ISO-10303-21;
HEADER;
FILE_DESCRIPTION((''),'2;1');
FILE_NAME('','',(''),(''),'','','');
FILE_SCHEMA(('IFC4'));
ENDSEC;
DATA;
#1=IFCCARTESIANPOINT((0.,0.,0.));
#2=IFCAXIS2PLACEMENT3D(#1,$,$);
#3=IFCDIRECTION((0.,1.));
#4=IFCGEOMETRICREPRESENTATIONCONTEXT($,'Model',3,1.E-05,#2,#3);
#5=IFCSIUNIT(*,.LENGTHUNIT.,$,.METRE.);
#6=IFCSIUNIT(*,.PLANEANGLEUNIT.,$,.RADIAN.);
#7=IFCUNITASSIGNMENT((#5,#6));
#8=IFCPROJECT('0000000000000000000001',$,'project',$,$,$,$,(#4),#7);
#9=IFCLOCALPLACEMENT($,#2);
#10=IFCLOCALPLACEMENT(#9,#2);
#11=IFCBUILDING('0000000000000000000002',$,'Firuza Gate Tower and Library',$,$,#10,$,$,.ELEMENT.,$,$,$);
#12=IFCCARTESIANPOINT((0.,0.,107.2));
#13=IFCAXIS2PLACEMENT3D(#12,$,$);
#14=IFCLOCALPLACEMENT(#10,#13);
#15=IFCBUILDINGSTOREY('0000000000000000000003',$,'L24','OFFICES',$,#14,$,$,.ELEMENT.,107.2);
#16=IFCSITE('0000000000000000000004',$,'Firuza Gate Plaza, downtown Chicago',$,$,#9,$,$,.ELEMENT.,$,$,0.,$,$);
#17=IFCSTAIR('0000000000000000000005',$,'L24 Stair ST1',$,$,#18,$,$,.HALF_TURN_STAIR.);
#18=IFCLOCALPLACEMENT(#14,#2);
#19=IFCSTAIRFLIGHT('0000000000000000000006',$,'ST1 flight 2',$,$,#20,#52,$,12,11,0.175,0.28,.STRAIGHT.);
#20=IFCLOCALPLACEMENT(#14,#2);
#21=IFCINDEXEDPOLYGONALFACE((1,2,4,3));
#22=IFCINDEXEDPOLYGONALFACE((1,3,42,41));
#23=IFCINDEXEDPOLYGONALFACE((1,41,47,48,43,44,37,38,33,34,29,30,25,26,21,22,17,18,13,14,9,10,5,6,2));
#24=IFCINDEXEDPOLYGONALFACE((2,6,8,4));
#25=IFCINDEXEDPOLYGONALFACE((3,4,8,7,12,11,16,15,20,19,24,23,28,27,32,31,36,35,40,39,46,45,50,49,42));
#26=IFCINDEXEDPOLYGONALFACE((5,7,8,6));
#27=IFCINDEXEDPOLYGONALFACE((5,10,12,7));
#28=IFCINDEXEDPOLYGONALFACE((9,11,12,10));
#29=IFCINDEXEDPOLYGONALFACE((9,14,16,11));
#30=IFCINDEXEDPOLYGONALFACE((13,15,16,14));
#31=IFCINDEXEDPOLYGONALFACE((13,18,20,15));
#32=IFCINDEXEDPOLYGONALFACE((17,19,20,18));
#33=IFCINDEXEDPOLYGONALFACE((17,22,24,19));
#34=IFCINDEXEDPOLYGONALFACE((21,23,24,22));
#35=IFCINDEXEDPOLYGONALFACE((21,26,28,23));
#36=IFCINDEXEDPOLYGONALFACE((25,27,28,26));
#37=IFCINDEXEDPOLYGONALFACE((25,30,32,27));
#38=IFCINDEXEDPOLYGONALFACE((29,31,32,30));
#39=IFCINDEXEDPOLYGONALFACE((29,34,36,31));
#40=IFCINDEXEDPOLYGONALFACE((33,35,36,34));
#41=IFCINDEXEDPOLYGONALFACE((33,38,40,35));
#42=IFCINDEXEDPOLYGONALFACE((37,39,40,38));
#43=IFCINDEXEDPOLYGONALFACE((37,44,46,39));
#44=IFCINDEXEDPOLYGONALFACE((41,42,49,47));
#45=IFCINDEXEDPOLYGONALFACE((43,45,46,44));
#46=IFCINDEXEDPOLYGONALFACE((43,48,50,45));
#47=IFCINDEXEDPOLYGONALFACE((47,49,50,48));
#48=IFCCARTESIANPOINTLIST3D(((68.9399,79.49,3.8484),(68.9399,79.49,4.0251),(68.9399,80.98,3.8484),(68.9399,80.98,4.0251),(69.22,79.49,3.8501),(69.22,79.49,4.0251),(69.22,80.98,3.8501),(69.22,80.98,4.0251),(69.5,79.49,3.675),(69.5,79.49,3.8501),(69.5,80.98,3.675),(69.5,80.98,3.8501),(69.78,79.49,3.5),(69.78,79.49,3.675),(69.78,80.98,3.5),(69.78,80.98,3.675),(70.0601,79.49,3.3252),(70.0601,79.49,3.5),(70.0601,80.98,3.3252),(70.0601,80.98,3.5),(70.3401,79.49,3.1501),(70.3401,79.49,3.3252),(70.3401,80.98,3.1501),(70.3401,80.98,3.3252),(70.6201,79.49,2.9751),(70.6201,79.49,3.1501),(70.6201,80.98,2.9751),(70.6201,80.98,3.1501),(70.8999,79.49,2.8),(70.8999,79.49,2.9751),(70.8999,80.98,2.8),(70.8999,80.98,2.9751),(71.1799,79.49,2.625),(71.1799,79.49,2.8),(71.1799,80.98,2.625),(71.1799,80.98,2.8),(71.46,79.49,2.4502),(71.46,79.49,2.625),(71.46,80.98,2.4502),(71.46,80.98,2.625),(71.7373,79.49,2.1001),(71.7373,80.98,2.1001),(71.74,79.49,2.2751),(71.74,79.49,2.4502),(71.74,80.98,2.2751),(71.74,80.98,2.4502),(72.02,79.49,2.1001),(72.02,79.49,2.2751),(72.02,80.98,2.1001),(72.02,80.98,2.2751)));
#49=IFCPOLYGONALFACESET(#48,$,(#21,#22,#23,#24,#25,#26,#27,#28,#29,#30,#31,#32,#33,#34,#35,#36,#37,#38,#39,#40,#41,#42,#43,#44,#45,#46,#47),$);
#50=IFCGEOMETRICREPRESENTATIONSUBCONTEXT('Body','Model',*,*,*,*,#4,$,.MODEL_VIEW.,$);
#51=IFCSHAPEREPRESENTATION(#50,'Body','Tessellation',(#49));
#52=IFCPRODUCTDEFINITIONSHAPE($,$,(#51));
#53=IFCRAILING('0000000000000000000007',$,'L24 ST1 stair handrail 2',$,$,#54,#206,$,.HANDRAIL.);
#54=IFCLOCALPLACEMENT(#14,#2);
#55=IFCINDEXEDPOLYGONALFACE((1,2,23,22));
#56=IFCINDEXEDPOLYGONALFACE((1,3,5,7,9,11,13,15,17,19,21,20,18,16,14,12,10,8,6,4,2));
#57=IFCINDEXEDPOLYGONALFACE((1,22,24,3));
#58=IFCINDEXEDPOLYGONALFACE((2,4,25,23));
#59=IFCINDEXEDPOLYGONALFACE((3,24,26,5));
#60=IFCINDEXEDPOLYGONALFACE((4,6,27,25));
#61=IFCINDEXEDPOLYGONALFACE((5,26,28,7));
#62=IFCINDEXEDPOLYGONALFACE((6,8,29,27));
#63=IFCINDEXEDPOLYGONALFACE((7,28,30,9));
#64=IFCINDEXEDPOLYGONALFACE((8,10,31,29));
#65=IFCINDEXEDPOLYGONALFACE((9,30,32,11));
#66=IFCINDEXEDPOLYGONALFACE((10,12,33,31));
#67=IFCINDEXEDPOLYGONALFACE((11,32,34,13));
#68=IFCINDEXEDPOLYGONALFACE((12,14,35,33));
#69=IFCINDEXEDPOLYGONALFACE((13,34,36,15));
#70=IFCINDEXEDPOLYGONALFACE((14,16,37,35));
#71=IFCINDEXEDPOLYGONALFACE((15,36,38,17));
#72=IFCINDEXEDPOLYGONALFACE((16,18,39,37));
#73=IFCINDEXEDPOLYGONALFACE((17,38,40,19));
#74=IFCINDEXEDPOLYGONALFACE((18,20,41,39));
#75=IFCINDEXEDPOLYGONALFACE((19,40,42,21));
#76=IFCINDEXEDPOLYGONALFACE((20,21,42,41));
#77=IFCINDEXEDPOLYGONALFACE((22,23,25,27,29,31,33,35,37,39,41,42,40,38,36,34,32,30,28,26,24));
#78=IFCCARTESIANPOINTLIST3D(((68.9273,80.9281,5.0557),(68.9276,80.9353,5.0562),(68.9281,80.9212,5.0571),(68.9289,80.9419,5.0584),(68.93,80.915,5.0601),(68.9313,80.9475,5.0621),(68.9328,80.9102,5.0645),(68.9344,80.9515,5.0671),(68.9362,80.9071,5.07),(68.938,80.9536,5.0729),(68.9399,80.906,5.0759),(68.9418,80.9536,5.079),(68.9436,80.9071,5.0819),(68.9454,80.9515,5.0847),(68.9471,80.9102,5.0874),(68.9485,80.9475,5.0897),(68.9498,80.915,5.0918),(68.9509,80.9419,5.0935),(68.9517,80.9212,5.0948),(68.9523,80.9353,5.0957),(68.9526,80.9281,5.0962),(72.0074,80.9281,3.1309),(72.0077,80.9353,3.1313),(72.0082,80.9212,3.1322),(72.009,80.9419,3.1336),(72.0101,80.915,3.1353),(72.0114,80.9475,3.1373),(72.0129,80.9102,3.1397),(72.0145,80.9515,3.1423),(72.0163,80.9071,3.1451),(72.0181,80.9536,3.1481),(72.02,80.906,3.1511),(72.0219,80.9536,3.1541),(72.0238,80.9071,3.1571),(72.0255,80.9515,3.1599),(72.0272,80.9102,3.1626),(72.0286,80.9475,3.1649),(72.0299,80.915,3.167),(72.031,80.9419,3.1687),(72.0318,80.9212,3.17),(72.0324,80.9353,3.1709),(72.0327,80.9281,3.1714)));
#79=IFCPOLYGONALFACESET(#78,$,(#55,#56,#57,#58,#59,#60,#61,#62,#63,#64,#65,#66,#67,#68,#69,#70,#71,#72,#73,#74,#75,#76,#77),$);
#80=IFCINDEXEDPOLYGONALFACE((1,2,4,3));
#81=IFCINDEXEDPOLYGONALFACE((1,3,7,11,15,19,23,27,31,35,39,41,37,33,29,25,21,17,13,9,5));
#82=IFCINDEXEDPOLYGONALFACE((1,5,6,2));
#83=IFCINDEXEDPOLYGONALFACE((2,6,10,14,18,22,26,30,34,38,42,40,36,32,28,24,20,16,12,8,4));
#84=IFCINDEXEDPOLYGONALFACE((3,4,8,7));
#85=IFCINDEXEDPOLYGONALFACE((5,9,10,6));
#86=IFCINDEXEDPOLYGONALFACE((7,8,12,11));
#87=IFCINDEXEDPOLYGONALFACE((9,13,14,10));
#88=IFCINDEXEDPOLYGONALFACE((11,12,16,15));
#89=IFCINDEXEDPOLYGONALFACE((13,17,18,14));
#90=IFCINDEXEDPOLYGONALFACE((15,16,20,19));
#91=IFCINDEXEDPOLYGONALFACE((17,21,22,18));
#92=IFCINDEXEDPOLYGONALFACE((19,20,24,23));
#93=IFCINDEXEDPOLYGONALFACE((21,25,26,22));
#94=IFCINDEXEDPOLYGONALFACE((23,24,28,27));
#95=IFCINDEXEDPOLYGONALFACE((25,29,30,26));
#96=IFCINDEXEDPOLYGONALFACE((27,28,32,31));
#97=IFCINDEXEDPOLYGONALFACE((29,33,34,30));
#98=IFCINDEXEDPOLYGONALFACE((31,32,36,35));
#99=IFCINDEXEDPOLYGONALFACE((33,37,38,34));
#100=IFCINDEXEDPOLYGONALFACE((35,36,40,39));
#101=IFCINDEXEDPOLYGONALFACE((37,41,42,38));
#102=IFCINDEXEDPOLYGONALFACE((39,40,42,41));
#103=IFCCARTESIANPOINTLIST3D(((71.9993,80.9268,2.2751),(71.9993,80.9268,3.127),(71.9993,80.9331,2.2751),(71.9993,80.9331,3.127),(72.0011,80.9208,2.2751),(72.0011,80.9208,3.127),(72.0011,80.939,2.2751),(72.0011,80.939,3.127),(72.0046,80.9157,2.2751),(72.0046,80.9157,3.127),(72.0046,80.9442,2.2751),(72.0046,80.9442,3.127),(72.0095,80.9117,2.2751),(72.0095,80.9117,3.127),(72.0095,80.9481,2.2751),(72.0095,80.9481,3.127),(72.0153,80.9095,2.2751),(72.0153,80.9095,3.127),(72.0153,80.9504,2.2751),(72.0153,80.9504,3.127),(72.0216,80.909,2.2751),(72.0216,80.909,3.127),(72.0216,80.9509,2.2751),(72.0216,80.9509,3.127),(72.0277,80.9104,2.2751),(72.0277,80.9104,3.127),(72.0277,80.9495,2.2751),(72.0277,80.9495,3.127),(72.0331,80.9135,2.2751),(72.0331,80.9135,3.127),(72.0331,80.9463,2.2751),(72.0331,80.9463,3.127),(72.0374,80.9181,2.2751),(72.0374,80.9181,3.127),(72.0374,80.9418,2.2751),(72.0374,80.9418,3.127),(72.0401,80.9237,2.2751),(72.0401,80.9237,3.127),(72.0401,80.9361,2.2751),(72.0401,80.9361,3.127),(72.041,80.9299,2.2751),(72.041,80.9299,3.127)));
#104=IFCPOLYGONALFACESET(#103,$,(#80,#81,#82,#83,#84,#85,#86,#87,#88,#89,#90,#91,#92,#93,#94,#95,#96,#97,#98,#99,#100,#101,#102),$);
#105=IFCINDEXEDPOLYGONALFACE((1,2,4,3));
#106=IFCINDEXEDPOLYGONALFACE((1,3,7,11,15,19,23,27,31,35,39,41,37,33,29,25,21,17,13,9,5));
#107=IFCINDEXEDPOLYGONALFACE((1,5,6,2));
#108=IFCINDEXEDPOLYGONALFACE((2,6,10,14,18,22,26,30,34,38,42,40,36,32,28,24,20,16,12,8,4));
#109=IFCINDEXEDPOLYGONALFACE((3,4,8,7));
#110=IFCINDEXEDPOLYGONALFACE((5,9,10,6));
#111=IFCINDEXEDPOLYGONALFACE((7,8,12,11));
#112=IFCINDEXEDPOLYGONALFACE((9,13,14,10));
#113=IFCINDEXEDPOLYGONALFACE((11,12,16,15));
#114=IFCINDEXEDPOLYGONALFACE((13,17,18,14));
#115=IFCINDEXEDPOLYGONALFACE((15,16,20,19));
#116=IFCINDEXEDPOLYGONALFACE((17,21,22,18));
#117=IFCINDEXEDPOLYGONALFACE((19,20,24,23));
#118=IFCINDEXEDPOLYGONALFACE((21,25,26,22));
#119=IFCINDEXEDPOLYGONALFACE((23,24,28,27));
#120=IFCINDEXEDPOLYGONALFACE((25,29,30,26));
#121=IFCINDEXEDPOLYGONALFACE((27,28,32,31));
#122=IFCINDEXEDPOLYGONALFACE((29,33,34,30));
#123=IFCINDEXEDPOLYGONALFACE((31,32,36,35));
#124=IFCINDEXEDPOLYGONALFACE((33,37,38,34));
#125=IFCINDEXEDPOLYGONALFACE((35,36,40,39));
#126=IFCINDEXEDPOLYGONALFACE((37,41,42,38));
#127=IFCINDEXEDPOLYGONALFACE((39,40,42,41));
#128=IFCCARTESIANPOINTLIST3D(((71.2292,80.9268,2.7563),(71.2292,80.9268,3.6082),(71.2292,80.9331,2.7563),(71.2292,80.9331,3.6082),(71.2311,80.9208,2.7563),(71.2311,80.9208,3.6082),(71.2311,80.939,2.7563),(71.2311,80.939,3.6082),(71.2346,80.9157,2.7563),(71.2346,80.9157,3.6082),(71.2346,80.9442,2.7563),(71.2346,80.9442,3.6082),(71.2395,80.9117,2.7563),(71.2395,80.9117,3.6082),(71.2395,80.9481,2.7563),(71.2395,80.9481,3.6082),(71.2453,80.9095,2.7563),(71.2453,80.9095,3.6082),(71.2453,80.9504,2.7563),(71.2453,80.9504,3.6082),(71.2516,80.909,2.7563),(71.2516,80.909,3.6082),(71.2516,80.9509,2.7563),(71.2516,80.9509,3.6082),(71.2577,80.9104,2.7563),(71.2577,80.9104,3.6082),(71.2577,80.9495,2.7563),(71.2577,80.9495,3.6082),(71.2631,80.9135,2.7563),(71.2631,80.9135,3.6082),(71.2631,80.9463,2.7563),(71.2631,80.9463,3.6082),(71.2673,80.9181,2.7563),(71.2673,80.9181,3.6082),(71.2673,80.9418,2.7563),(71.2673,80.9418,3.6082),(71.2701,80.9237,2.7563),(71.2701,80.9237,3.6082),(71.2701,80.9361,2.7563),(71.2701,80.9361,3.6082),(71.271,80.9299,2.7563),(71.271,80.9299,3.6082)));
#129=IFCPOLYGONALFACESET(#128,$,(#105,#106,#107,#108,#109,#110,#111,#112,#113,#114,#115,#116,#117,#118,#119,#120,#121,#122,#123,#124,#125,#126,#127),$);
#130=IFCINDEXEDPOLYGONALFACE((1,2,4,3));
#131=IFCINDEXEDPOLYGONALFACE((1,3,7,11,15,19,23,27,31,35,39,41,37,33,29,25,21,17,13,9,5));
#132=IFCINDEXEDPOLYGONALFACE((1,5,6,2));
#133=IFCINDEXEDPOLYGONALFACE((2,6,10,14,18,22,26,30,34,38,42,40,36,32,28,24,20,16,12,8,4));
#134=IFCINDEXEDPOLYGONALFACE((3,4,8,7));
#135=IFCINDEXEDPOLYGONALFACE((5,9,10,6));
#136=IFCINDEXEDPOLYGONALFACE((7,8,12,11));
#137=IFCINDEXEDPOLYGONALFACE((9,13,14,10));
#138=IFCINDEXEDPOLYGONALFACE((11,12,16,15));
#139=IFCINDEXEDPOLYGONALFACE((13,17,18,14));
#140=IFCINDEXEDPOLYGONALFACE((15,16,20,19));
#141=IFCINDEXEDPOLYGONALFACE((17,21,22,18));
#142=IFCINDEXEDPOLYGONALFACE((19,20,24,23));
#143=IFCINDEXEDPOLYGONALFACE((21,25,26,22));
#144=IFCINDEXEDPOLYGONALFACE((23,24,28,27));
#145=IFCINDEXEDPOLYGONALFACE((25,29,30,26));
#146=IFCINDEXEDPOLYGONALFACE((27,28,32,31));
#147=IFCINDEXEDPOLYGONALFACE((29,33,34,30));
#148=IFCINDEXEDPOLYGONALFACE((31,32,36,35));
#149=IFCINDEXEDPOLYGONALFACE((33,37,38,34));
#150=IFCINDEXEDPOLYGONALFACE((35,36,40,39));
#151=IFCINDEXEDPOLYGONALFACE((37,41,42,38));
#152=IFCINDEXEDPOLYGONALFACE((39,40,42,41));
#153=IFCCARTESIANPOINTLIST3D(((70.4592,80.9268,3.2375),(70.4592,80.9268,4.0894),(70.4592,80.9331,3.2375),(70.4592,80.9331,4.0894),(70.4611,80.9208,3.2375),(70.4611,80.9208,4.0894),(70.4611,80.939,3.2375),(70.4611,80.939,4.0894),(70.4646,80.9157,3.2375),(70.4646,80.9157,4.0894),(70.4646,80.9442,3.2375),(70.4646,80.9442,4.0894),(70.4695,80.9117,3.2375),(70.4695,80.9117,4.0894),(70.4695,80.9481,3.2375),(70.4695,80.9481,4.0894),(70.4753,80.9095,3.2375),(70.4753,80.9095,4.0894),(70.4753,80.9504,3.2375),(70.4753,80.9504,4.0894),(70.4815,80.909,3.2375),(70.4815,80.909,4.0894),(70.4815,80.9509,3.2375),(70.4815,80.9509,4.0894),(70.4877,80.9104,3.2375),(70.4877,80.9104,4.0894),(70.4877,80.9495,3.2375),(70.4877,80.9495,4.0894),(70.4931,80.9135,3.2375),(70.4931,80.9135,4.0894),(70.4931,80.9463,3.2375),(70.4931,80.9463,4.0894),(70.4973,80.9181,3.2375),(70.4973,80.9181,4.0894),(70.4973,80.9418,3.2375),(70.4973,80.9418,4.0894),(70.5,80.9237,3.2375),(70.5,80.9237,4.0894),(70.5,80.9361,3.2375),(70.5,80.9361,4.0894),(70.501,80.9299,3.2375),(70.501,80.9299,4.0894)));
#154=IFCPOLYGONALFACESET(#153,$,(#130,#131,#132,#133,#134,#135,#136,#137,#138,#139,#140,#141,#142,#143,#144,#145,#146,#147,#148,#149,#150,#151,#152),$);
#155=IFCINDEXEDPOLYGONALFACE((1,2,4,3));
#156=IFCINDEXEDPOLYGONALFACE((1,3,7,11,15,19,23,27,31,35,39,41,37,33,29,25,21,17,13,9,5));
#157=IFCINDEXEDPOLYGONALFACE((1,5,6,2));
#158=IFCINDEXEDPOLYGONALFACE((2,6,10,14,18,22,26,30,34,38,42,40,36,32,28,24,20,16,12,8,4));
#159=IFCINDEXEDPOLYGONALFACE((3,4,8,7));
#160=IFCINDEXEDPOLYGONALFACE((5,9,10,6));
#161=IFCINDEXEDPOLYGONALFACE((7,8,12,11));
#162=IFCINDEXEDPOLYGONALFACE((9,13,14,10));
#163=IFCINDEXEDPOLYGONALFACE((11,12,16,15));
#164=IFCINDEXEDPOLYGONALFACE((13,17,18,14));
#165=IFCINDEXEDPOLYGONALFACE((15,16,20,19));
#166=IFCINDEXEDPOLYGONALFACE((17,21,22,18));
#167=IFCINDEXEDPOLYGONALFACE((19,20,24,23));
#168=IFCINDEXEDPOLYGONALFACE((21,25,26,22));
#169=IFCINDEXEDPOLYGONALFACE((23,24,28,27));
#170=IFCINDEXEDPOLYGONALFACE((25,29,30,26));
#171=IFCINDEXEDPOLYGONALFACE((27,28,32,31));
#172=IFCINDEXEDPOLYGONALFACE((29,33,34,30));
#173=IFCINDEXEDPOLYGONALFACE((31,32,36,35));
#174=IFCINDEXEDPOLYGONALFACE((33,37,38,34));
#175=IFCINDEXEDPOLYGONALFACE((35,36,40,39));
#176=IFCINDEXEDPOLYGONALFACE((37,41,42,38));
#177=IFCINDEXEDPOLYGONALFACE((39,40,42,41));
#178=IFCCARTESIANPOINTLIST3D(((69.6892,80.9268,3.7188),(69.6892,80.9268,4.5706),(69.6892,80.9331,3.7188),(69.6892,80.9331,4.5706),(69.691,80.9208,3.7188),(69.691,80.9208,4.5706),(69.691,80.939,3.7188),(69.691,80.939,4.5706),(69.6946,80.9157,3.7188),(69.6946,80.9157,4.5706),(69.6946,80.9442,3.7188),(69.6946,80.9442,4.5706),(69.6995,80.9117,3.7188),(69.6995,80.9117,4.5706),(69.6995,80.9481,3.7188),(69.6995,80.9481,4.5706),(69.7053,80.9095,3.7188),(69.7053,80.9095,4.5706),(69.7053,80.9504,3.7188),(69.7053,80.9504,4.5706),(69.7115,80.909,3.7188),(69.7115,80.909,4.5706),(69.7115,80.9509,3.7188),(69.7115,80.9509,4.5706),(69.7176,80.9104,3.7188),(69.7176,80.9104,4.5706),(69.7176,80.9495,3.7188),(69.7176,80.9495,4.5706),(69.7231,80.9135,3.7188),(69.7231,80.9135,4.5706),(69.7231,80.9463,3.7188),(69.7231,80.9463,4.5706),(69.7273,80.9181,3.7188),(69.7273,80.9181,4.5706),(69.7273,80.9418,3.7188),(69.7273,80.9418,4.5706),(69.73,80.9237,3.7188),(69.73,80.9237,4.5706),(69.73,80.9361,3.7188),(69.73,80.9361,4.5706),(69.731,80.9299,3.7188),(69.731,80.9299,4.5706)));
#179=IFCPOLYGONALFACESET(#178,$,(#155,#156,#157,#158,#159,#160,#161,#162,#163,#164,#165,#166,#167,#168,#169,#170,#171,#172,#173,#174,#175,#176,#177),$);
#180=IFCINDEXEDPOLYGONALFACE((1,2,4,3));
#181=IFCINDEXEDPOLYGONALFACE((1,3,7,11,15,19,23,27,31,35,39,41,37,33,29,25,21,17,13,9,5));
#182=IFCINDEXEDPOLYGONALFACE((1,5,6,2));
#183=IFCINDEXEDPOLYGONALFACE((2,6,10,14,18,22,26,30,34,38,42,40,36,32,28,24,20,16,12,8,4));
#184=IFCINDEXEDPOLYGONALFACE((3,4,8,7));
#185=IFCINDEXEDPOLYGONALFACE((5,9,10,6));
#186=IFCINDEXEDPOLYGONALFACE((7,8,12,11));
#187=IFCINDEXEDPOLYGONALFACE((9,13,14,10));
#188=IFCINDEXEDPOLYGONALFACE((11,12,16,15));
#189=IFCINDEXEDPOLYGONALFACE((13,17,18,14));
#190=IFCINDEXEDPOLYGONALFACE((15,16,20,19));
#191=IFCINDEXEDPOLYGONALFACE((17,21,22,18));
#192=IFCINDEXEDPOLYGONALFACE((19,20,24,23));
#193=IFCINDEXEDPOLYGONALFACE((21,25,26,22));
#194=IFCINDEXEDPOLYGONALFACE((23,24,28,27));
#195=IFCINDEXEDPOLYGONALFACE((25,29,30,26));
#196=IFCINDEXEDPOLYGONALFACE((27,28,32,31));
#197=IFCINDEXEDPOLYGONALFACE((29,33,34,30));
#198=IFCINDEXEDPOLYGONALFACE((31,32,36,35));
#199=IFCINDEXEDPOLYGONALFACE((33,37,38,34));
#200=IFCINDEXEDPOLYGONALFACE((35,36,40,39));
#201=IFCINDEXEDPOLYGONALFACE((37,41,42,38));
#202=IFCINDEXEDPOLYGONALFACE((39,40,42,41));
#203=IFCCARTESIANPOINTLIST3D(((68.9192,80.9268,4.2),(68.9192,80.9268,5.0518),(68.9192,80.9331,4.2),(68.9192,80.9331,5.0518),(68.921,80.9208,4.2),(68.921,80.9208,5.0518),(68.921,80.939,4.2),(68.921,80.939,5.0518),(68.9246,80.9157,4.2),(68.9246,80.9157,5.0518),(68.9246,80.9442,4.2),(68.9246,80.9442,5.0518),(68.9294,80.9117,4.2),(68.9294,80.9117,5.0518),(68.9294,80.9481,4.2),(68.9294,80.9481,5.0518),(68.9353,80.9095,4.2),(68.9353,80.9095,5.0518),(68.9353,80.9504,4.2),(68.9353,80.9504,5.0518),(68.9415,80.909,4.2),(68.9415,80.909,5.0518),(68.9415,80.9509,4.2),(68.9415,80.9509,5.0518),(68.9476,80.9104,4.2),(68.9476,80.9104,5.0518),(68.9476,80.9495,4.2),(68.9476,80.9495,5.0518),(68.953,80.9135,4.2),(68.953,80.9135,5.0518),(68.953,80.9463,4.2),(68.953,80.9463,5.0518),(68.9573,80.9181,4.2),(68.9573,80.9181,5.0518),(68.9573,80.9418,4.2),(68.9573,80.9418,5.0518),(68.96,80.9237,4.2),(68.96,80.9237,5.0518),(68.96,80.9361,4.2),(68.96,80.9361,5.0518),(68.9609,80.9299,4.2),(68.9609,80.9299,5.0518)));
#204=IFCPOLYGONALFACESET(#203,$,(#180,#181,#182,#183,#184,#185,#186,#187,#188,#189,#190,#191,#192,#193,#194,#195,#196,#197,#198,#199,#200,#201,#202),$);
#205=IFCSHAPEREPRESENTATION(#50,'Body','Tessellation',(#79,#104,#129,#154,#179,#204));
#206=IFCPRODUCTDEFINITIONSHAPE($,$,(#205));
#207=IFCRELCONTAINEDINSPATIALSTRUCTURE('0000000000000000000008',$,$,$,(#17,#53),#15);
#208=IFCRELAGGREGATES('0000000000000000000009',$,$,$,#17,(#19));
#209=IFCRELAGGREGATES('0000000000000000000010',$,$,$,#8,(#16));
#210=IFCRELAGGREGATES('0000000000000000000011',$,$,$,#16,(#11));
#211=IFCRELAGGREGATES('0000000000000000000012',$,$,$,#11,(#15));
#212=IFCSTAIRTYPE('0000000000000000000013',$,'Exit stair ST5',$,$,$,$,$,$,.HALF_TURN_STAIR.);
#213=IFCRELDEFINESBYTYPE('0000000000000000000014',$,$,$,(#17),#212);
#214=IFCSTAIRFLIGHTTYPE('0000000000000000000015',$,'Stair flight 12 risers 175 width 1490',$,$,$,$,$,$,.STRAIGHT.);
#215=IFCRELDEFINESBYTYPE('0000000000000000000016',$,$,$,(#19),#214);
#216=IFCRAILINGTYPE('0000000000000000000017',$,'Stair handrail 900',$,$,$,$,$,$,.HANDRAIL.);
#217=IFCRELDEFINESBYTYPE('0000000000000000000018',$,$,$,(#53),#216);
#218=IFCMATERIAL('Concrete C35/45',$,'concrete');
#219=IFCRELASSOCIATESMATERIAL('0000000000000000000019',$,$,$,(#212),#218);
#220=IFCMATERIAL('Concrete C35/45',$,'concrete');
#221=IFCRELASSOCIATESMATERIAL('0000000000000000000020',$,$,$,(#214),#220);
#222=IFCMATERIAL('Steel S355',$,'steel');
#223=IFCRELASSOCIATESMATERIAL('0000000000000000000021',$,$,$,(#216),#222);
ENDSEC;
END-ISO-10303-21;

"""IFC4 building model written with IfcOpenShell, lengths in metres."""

from ifc_helpers import new_model, si_unit, direction, frame, origin, origin_2d, place, context, subcontext, project, spatial, polyline, circle, outline, extrude, material, type_object, element, aggregate, save


model = new_model("IFC4")

# Units and contexts
model_context = context("Model", 3, precision=1e-05, world=origin(), true_north=direction((0.0, 1.0)))
body_context = subcontext(model_context, "Body", "Model", "MODEL_VIEW")
ifc_project = project(units=[si_unit("LENGTHUNIT", "METRE"), si_unit("PLANEANGLEUNIT", "RADIAN")], contexts=[model_context])

# Site, building, storey
site_placement = place(None, origin())
site = spatial("IfcSite", under=ifc_project, at=site_placement, Name="Firuza Gate Plaza, downtown Chicago", CompositionType="ELEMENT", RefElevation=0.0)
building_placement = place(site_placement, origin())
building = spatial("IfcBuilding", under=site, at=building_placement, Name="Firuza Gate Tower and Library", CompositionType="ELEMENT")
storey_placement = place(building_placement, frame((0.0, 0.0, 107.2)))
storey = spatial("IfcBuildingStorey", under=building, at=storey_placement, Name="L24", Description="OFFICES", CompositionType="ELEMENT", Elevation=107.2)

# Stair, stair flight
ifc_material_1 = material(Name="Concrete C35/45", Category="concrete")
stair_type = type_object("IfcStairType", Name="Exit stair ST5", PredefinedType="HALF_TURN_STAIR", material=ifc_material_1)
stair_placement = place(storey_placement, origin())
stair = element("IfcStair", 1, at=stair_placement, inside=storey, type_object=stair_type, Name="L24 Stair ST1", PredefinedType="HALF_TURN_STAIR")
ifc_material_2 = material(Name="Concrete C35/45", Category="concrete")
stair_flight_type = type_object("IfcStairFlightType", Name="Stair flight 12 risers 175 width 1490", PredefinedType="STRAIGHT", material=ifc_material_2)
stair_flight_1_placement = place(storey_placement, frame((72.02, 80.2351, 2.1001), z_axis=(0.0, 0.0, 1.0), x_axis=(-1.0, 0.0, 0.0)))
stair_flight_1 = element("IfcStairFlight", 2, at=stair_flight_1_placement, type_object=stair_flight_type, Name="ST1 flight 2", NumberOfRisers=12, NumberOfTreads=11, PredefinedType="STRAIGHT", RiserHeight=0.175, TreadLength=0.28, context=body_context, shape_type="SweptSolid", body=[
    extrude(outline(polyline([(0.0, 0.0), (0.0, 0.175), (0.28, 0.175), (0.28, 0.3501), (0.5601, 0.3501), (0.5601, 0.5249), (0.8401, 0.5249), (0.8401, 0.7), (1.1201, 0.7), (1.1201, 0.875), (1.3999, 0.875), (1.3999, 1.05), (1.6799, 1.05), (1.6799, 1.2251), (1.96, 1.2251), (1.96, 1.3999), (2.24, 1.3999), (2.24, 1.575), (2.52, 1.575), (2.52, 1.75), (2.8, 1.75), (2.8, 1.925), (3.0801, 1.925), (3.0801, 2.1001), (3.0801, 1.7483), (0.2827, 0.0), (0.0, 0.0)])), frame((0.0, 0.7451, 0.0), z_axis=(0.0, -1.0, 0.0), x_axis=(1.0, 0.0, 0.0)), (0.0, 0.0, 1.0), 1.49),
])
aggregate(stair, [stair_flight_1])

# Railing
ifc_material_3 = material(Name="Steel S355", Category="steel")
railing_type = type_object("IfcRailingType", Name="Stair handrail 900", PredefinedType="HANDRAIL", material=ifc_material_3)
railing_placement = place(storey_placement, frame((72.02, 80.9299, 2.2751)))
element("IfcRailing", 3, at=railing_placement, inside=storey, type_object=railing_type, Name="L24 ST1 stair handrail 2", PredefinedType="HANDRAIL", context=body_context, shape_type="SweptSolid", body=[
    extrude(circle(Radius=0.0239, at=origin_2d()), frame((0.0, 0.0, 0.876), z_axis=(-0.848029, 0.0, 0.529951), x_axis=(0.0, -1.0, 0.0)), (0.0, 0.0, 1.0), 3.6321),
    extrude(circle(Radius=0.021, at=origin_2d()), origin(), (0.0, 0.0, 1.0), 0.8518),
    extrude(circle(Radius=0.021, at=origin_2d()), frame((-0.77, 0.0, 0.4812)), (0.0, 0.0, 1.0), 0.8518),
    extrude(circle(Radius=0.021, at=origin_2d()), frame((-1.54, 0.0, 0.9624)), (0.0, 0.0, 1.0), 0.8518),
    extrude(circle(Radius=0.021, at=origin_2d()), frame((-2.3101, 0.0, 1.4436)), (0.0, 0.0, 1.0), 0.8518),
    extrude(circle(Radius=0.021, at=origin_2d()), frame((-3.0801, 0.0, 1.9248)), (0.0, 0.0, 1.0), 0.8518),
])

save(model, "model.ifc")
